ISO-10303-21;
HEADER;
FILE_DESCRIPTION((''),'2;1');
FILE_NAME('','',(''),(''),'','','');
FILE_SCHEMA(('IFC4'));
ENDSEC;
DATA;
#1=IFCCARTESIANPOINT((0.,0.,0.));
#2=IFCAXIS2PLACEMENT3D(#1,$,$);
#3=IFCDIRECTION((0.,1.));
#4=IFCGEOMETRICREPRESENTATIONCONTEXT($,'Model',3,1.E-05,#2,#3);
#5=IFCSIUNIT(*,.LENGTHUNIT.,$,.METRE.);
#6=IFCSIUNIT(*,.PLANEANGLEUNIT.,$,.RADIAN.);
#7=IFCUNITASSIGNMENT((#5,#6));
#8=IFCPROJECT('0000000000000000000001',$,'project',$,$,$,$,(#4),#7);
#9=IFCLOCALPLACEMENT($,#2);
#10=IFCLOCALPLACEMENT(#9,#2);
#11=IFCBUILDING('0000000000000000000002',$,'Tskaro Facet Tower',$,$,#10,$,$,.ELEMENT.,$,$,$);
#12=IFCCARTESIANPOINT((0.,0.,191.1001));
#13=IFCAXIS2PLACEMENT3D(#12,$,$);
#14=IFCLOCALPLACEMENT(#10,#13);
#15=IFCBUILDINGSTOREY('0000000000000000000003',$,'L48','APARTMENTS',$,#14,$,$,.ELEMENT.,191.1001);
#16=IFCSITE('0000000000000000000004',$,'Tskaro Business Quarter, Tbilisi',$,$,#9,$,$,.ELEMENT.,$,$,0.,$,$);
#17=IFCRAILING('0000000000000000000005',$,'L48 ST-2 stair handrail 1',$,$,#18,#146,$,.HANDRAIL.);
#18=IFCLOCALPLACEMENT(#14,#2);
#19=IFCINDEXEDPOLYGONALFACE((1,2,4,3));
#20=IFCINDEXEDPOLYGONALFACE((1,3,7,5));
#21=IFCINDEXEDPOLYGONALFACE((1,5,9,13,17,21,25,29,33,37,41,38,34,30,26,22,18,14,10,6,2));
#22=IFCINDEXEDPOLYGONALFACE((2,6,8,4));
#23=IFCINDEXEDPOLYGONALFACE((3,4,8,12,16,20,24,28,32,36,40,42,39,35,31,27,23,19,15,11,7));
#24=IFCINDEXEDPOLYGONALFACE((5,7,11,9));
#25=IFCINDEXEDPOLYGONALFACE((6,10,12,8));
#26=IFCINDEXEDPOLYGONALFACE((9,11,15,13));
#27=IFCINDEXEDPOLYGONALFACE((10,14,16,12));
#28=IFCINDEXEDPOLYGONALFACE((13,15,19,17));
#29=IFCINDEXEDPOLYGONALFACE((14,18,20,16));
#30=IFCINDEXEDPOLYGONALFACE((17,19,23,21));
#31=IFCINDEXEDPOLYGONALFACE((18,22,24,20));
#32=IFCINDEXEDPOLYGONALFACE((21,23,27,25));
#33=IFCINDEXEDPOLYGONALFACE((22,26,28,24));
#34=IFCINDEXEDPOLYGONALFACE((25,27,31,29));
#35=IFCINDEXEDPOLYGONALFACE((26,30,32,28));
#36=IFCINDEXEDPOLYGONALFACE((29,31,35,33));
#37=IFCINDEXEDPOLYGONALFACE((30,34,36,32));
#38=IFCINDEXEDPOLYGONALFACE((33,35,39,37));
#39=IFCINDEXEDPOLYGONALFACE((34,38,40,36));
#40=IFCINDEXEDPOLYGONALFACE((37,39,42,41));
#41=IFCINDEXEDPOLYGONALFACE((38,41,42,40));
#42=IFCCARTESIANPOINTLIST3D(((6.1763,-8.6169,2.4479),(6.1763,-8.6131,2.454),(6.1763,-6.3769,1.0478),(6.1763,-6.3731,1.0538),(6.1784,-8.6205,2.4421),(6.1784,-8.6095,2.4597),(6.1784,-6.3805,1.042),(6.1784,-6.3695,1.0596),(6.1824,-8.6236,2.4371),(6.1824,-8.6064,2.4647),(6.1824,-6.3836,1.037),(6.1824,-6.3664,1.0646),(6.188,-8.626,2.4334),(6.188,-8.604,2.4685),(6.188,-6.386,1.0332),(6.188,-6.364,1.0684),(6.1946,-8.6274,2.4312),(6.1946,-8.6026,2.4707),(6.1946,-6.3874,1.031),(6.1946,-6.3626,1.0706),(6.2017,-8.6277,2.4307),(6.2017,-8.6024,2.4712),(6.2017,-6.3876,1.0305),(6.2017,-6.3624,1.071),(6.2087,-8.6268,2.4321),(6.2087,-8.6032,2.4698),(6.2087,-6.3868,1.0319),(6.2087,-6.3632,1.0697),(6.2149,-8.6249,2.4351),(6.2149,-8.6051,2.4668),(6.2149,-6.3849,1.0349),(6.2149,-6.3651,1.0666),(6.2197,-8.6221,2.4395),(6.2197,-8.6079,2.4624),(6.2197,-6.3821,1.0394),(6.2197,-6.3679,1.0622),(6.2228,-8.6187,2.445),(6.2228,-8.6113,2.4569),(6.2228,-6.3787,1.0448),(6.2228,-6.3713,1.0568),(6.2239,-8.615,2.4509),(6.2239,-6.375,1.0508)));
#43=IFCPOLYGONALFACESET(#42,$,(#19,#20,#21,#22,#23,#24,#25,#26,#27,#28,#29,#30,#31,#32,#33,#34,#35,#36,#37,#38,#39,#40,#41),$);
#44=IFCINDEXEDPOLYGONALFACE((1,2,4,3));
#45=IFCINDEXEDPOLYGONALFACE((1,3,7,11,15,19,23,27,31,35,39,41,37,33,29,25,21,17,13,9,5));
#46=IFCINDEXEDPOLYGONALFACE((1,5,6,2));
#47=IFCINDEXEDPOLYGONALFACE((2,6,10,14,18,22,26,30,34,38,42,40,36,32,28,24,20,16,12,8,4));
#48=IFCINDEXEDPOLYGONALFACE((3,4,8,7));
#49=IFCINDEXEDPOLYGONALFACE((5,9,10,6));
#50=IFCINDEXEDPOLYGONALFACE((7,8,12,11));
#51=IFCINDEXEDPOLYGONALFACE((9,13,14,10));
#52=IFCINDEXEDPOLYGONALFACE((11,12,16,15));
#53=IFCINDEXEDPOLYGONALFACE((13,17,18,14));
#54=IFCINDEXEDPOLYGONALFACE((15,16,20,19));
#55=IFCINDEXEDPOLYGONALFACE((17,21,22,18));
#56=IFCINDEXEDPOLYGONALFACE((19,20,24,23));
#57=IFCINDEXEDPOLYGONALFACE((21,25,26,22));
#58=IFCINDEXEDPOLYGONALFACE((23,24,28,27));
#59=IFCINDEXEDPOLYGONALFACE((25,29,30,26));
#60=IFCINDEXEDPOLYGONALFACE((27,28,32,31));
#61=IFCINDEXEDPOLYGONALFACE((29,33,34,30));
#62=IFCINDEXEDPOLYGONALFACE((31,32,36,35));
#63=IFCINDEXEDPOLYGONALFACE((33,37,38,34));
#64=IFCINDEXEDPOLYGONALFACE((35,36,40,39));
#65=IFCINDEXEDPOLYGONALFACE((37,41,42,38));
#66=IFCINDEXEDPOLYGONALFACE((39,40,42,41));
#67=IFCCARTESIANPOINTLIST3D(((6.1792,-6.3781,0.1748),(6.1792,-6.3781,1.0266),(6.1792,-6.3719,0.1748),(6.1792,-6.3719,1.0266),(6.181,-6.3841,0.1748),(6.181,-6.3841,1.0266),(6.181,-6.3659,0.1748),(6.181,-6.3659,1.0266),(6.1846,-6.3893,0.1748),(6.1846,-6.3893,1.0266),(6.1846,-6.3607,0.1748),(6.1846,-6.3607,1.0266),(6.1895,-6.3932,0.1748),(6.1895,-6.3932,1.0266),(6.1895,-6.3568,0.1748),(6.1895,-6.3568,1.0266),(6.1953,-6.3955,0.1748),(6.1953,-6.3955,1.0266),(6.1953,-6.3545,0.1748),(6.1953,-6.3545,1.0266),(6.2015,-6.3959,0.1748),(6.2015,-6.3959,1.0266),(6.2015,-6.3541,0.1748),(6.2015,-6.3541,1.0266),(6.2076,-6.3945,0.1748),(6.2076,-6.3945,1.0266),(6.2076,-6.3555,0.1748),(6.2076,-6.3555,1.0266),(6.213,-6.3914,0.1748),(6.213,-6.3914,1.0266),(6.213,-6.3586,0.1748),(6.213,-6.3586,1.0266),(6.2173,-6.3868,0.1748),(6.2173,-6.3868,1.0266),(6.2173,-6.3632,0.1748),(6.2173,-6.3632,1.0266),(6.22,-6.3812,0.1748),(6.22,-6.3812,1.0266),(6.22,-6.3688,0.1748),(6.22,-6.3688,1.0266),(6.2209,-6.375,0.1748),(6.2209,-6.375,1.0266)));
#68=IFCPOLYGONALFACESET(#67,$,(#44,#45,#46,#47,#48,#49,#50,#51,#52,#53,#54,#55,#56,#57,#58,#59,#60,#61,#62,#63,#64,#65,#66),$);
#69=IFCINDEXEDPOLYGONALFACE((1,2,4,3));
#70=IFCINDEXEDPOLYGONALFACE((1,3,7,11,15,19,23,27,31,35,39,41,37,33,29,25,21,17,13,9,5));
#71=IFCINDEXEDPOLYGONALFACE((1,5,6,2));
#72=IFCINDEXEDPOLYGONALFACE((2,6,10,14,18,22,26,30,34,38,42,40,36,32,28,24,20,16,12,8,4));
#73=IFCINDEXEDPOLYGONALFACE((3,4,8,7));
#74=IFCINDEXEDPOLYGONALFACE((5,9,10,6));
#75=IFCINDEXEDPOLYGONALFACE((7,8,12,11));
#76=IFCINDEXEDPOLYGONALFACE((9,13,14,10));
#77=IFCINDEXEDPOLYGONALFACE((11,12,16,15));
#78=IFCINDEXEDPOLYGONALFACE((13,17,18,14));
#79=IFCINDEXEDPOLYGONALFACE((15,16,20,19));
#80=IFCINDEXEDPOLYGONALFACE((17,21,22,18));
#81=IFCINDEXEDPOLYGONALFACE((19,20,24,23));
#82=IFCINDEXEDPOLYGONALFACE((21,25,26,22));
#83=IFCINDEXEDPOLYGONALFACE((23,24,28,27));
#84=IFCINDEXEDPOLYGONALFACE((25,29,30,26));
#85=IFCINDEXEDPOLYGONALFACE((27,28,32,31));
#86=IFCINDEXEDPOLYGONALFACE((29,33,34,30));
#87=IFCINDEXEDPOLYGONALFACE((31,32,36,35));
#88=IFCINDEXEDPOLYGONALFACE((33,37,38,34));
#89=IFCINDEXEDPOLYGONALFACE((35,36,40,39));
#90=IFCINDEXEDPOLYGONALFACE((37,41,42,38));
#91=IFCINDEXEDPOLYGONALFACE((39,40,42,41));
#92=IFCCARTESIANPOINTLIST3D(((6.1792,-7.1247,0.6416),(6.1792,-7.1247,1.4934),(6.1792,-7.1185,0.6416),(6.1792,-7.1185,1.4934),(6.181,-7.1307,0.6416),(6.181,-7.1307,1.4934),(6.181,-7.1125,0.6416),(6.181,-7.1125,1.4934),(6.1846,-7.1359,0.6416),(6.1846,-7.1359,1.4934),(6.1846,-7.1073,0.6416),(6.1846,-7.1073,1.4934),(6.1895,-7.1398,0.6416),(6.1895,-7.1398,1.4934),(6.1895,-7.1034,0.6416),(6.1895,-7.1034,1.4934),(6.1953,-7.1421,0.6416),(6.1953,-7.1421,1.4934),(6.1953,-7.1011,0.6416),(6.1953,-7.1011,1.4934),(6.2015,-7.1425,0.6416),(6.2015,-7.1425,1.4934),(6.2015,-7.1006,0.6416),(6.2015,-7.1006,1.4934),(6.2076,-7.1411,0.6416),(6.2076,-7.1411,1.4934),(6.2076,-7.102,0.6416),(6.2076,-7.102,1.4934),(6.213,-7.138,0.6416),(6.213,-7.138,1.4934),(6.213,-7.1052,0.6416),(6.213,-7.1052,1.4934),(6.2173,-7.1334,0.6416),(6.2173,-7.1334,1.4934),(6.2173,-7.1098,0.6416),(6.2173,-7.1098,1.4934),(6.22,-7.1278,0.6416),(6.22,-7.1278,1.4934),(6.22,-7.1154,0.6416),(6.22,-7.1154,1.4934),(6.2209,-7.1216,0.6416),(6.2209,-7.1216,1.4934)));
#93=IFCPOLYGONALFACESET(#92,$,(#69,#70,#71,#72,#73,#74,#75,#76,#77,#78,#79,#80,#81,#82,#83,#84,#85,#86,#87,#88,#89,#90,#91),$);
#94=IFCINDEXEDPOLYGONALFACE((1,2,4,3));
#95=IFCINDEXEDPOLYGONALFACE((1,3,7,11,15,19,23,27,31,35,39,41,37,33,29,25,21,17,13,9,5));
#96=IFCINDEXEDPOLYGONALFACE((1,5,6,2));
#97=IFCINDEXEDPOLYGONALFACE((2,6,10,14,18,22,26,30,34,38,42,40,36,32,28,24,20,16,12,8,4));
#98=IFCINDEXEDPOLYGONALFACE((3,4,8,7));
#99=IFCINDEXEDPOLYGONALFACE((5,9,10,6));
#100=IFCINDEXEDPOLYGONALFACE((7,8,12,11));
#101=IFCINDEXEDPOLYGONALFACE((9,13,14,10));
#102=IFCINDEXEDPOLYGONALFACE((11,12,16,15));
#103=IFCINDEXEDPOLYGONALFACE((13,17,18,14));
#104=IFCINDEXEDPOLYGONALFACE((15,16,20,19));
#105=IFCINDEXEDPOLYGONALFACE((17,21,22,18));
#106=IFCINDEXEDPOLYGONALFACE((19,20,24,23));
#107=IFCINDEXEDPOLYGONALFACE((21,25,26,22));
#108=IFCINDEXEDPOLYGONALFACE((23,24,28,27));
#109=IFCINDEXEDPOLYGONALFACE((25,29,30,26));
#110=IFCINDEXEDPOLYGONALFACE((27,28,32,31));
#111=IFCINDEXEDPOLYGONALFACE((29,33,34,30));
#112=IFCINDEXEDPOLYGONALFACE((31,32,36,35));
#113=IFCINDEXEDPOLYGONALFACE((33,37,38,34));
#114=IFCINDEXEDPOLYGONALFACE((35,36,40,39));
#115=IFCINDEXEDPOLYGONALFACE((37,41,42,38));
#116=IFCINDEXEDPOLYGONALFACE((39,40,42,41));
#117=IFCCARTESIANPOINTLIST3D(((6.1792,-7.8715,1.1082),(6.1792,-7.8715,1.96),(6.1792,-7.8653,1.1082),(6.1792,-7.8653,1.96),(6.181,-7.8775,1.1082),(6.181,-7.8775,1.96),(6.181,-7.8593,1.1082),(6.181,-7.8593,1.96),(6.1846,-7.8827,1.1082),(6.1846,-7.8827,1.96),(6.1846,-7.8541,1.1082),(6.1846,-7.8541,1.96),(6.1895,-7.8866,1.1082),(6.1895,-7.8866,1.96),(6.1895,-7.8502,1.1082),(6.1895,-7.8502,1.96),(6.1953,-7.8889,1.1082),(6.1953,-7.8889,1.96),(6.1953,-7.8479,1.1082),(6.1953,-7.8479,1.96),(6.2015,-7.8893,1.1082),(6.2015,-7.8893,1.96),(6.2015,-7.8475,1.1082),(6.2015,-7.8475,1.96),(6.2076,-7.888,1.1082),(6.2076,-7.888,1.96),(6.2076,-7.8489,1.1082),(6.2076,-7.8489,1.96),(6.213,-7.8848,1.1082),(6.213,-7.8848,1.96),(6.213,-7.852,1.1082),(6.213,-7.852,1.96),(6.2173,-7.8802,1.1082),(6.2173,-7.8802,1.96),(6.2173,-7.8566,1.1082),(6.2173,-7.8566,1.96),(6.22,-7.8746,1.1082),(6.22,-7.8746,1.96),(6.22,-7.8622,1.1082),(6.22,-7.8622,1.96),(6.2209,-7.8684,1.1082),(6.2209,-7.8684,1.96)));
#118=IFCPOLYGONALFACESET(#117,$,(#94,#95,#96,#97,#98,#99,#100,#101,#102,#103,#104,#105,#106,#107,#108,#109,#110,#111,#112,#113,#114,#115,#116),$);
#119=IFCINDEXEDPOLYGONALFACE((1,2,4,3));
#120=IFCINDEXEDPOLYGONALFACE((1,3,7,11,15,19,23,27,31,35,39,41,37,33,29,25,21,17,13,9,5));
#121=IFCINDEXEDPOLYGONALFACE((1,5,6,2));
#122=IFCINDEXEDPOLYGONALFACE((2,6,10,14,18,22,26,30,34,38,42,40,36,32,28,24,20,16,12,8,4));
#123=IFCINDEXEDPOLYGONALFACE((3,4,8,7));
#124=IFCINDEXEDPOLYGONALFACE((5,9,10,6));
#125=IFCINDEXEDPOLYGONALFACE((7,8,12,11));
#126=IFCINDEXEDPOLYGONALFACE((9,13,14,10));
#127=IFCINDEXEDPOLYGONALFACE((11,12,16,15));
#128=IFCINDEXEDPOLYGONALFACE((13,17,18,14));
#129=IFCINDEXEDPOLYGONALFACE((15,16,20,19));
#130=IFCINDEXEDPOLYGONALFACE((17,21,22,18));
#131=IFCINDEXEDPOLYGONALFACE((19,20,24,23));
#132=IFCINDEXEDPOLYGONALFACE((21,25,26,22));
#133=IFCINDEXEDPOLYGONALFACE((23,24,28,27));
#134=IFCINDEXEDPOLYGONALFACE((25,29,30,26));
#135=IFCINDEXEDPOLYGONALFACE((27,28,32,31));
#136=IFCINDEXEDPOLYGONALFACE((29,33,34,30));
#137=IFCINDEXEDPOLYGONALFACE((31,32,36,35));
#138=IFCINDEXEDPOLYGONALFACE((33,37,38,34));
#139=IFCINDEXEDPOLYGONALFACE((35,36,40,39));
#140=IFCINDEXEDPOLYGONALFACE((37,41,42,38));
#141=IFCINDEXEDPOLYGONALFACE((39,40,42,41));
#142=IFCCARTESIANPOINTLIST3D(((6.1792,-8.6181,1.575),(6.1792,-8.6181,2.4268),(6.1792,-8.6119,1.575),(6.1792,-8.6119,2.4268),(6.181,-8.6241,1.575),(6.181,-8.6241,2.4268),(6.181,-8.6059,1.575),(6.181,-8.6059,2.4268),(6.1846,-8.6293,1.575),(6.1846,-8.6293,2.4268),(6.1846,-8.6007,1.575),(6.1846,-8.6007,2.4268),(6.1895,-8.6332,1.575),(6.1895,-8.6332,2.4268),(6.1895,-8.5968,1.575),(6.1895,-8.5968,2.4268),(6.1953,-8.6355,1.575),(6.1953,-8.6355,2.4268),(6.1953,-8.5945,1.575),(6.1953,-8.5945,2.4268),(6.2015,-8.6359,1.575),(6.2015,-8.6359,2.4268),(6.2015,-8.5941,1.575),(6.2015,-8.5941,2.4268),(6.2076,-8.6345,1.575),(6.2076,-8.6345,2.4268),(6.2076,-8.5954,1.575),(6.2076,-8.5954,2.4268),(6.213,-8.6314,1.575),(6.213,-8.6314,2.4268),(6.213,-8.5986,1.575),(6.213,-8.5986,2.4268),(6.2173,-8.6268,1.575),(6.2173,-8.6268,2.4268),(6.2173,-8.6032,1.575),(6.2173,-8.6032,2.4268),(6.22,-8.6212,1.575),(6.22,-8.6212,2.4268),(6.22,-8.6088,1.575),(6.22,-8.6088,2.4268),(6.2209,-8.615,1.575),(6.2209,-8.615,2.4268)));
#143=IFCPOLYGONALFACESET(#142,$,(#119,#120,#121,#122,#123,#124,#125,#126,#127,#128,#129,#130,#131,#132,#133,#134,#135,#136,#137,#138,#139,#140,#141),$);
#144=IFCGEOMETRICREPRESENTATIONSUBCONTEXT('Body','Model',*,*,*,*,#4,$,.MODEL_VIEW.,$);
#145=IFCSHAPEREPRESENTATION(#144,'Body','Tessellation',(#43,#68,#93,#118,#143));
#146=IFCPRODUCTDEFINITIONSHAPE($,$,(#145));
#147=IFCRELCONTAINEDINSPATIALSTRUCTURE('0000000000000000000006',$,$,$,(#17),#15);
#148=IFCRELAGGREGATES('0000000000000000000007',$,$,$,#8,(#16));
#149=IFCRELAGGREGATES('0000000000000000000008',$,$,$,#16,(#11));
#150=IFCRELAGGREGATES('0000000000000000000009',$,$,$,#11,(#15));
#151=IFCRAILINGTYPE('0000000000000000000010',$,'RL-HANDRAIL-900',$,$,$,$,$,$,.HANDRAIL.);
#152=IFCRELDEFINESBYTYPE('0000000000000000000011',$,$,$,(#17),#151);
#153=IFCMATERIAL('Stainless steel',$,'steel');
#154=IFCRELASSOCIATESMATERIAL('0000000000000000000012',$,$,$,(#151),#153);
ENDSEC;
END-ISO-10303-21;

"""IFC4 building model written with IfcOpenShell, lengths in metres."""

from ifc_helpers import new_model, si_unit, direction, frame, origin, origin_2d, place, context, subcontext, project, spatial, circle, extrude, material, type_object, element, save


model = new_model("IFC4")

# Units and contexts
model_context = context("Model", 3, precision=1e-05, world=origin(), true_north=direction((0.0, 1.0)))
body_context = subcontext(model_context, "Body", "Model", "MODEL_VIEW")
ifc_project = project(units=[si_unit("LENGTHUNIT", "METRE"), si_unit("PLANEANGLEUNIT", "RADIAN")], contexts=[model_context])

# Site, building, storey
site_placement = place(None, origin())
site = spatial("IfcSite", under=ifc_project, at=site_placement, Name="Tskaro Business Quarter, Tbilisi", CompositionType="ELEMENT", RefElevation=0.0)
building_placement = place(site_placement, origin())
building = spatial("IfcBuilding", under=site, at=building_placement, Name="Tskaro Facet Tower", CompositionType="ELEMENT")
storey_placement = place(building_placement, frame((0.0, 0.0, 191.1001)))
storey = spatial("IfcBuildingStorey", under=building, at=storey_placement, Name="L48", Description="APARTMENTS", CompositionType="ELEMENT", Elevation=191.1001)

# Shared definitions
ifc_material_1 = material(Name="Stainless steel", Category="steel")

# Railing
railing_type_1 = type_object("IfcRailingType", Name="RL-HANDRAIL-900", PredefinedType="HANDRAIL", material=ifc_material_1)
railing_1_placement = place(storey_placement, frame((6.2, -6.375, 0.1748)))
element("IfcRailing", 1, at=railing_1_placement, inside=storey, type_object=railing_type_1, Name="L48 ST-2 stair handrail 1", PredefinedType="HANDRAIL", context=body_context, shape_type="SweptSolid", body=[
    extrude(circle(Radius=0.0239, at=origin_2d()), frame((0.0, 0.0, 0.876), z_axis=(0.0, -0.847972, 0.53004), x_axis=(1.0, 0.0, 0.0)), (0.0, 0.0, 1.0), 2.6416),
    extrude(circle(Radius=0.021, at=origin_2d()), origin(), (0.0, 0.0, 1.0), 0.8518),
    extrude(circle(Radius=0.021, at=origin_2d()), frame((0.0, -0.7466, 0.4668)), (0.0, 0.0, 1.0), 0.8518),
    extrude(circle(Radius=0.021, at=origin_2d()), frame((0.0, -1.4934, 0.9333)), (0.0, 0.0, 1.0), 0.8518),
    extrude(circle(Radius=0.021, at=origin_2d()), frame((0.0, -2.24, 1.4001)), (0.0, 0.0, 1.0), 0.8518),
])

save(model, "model.ifc")
